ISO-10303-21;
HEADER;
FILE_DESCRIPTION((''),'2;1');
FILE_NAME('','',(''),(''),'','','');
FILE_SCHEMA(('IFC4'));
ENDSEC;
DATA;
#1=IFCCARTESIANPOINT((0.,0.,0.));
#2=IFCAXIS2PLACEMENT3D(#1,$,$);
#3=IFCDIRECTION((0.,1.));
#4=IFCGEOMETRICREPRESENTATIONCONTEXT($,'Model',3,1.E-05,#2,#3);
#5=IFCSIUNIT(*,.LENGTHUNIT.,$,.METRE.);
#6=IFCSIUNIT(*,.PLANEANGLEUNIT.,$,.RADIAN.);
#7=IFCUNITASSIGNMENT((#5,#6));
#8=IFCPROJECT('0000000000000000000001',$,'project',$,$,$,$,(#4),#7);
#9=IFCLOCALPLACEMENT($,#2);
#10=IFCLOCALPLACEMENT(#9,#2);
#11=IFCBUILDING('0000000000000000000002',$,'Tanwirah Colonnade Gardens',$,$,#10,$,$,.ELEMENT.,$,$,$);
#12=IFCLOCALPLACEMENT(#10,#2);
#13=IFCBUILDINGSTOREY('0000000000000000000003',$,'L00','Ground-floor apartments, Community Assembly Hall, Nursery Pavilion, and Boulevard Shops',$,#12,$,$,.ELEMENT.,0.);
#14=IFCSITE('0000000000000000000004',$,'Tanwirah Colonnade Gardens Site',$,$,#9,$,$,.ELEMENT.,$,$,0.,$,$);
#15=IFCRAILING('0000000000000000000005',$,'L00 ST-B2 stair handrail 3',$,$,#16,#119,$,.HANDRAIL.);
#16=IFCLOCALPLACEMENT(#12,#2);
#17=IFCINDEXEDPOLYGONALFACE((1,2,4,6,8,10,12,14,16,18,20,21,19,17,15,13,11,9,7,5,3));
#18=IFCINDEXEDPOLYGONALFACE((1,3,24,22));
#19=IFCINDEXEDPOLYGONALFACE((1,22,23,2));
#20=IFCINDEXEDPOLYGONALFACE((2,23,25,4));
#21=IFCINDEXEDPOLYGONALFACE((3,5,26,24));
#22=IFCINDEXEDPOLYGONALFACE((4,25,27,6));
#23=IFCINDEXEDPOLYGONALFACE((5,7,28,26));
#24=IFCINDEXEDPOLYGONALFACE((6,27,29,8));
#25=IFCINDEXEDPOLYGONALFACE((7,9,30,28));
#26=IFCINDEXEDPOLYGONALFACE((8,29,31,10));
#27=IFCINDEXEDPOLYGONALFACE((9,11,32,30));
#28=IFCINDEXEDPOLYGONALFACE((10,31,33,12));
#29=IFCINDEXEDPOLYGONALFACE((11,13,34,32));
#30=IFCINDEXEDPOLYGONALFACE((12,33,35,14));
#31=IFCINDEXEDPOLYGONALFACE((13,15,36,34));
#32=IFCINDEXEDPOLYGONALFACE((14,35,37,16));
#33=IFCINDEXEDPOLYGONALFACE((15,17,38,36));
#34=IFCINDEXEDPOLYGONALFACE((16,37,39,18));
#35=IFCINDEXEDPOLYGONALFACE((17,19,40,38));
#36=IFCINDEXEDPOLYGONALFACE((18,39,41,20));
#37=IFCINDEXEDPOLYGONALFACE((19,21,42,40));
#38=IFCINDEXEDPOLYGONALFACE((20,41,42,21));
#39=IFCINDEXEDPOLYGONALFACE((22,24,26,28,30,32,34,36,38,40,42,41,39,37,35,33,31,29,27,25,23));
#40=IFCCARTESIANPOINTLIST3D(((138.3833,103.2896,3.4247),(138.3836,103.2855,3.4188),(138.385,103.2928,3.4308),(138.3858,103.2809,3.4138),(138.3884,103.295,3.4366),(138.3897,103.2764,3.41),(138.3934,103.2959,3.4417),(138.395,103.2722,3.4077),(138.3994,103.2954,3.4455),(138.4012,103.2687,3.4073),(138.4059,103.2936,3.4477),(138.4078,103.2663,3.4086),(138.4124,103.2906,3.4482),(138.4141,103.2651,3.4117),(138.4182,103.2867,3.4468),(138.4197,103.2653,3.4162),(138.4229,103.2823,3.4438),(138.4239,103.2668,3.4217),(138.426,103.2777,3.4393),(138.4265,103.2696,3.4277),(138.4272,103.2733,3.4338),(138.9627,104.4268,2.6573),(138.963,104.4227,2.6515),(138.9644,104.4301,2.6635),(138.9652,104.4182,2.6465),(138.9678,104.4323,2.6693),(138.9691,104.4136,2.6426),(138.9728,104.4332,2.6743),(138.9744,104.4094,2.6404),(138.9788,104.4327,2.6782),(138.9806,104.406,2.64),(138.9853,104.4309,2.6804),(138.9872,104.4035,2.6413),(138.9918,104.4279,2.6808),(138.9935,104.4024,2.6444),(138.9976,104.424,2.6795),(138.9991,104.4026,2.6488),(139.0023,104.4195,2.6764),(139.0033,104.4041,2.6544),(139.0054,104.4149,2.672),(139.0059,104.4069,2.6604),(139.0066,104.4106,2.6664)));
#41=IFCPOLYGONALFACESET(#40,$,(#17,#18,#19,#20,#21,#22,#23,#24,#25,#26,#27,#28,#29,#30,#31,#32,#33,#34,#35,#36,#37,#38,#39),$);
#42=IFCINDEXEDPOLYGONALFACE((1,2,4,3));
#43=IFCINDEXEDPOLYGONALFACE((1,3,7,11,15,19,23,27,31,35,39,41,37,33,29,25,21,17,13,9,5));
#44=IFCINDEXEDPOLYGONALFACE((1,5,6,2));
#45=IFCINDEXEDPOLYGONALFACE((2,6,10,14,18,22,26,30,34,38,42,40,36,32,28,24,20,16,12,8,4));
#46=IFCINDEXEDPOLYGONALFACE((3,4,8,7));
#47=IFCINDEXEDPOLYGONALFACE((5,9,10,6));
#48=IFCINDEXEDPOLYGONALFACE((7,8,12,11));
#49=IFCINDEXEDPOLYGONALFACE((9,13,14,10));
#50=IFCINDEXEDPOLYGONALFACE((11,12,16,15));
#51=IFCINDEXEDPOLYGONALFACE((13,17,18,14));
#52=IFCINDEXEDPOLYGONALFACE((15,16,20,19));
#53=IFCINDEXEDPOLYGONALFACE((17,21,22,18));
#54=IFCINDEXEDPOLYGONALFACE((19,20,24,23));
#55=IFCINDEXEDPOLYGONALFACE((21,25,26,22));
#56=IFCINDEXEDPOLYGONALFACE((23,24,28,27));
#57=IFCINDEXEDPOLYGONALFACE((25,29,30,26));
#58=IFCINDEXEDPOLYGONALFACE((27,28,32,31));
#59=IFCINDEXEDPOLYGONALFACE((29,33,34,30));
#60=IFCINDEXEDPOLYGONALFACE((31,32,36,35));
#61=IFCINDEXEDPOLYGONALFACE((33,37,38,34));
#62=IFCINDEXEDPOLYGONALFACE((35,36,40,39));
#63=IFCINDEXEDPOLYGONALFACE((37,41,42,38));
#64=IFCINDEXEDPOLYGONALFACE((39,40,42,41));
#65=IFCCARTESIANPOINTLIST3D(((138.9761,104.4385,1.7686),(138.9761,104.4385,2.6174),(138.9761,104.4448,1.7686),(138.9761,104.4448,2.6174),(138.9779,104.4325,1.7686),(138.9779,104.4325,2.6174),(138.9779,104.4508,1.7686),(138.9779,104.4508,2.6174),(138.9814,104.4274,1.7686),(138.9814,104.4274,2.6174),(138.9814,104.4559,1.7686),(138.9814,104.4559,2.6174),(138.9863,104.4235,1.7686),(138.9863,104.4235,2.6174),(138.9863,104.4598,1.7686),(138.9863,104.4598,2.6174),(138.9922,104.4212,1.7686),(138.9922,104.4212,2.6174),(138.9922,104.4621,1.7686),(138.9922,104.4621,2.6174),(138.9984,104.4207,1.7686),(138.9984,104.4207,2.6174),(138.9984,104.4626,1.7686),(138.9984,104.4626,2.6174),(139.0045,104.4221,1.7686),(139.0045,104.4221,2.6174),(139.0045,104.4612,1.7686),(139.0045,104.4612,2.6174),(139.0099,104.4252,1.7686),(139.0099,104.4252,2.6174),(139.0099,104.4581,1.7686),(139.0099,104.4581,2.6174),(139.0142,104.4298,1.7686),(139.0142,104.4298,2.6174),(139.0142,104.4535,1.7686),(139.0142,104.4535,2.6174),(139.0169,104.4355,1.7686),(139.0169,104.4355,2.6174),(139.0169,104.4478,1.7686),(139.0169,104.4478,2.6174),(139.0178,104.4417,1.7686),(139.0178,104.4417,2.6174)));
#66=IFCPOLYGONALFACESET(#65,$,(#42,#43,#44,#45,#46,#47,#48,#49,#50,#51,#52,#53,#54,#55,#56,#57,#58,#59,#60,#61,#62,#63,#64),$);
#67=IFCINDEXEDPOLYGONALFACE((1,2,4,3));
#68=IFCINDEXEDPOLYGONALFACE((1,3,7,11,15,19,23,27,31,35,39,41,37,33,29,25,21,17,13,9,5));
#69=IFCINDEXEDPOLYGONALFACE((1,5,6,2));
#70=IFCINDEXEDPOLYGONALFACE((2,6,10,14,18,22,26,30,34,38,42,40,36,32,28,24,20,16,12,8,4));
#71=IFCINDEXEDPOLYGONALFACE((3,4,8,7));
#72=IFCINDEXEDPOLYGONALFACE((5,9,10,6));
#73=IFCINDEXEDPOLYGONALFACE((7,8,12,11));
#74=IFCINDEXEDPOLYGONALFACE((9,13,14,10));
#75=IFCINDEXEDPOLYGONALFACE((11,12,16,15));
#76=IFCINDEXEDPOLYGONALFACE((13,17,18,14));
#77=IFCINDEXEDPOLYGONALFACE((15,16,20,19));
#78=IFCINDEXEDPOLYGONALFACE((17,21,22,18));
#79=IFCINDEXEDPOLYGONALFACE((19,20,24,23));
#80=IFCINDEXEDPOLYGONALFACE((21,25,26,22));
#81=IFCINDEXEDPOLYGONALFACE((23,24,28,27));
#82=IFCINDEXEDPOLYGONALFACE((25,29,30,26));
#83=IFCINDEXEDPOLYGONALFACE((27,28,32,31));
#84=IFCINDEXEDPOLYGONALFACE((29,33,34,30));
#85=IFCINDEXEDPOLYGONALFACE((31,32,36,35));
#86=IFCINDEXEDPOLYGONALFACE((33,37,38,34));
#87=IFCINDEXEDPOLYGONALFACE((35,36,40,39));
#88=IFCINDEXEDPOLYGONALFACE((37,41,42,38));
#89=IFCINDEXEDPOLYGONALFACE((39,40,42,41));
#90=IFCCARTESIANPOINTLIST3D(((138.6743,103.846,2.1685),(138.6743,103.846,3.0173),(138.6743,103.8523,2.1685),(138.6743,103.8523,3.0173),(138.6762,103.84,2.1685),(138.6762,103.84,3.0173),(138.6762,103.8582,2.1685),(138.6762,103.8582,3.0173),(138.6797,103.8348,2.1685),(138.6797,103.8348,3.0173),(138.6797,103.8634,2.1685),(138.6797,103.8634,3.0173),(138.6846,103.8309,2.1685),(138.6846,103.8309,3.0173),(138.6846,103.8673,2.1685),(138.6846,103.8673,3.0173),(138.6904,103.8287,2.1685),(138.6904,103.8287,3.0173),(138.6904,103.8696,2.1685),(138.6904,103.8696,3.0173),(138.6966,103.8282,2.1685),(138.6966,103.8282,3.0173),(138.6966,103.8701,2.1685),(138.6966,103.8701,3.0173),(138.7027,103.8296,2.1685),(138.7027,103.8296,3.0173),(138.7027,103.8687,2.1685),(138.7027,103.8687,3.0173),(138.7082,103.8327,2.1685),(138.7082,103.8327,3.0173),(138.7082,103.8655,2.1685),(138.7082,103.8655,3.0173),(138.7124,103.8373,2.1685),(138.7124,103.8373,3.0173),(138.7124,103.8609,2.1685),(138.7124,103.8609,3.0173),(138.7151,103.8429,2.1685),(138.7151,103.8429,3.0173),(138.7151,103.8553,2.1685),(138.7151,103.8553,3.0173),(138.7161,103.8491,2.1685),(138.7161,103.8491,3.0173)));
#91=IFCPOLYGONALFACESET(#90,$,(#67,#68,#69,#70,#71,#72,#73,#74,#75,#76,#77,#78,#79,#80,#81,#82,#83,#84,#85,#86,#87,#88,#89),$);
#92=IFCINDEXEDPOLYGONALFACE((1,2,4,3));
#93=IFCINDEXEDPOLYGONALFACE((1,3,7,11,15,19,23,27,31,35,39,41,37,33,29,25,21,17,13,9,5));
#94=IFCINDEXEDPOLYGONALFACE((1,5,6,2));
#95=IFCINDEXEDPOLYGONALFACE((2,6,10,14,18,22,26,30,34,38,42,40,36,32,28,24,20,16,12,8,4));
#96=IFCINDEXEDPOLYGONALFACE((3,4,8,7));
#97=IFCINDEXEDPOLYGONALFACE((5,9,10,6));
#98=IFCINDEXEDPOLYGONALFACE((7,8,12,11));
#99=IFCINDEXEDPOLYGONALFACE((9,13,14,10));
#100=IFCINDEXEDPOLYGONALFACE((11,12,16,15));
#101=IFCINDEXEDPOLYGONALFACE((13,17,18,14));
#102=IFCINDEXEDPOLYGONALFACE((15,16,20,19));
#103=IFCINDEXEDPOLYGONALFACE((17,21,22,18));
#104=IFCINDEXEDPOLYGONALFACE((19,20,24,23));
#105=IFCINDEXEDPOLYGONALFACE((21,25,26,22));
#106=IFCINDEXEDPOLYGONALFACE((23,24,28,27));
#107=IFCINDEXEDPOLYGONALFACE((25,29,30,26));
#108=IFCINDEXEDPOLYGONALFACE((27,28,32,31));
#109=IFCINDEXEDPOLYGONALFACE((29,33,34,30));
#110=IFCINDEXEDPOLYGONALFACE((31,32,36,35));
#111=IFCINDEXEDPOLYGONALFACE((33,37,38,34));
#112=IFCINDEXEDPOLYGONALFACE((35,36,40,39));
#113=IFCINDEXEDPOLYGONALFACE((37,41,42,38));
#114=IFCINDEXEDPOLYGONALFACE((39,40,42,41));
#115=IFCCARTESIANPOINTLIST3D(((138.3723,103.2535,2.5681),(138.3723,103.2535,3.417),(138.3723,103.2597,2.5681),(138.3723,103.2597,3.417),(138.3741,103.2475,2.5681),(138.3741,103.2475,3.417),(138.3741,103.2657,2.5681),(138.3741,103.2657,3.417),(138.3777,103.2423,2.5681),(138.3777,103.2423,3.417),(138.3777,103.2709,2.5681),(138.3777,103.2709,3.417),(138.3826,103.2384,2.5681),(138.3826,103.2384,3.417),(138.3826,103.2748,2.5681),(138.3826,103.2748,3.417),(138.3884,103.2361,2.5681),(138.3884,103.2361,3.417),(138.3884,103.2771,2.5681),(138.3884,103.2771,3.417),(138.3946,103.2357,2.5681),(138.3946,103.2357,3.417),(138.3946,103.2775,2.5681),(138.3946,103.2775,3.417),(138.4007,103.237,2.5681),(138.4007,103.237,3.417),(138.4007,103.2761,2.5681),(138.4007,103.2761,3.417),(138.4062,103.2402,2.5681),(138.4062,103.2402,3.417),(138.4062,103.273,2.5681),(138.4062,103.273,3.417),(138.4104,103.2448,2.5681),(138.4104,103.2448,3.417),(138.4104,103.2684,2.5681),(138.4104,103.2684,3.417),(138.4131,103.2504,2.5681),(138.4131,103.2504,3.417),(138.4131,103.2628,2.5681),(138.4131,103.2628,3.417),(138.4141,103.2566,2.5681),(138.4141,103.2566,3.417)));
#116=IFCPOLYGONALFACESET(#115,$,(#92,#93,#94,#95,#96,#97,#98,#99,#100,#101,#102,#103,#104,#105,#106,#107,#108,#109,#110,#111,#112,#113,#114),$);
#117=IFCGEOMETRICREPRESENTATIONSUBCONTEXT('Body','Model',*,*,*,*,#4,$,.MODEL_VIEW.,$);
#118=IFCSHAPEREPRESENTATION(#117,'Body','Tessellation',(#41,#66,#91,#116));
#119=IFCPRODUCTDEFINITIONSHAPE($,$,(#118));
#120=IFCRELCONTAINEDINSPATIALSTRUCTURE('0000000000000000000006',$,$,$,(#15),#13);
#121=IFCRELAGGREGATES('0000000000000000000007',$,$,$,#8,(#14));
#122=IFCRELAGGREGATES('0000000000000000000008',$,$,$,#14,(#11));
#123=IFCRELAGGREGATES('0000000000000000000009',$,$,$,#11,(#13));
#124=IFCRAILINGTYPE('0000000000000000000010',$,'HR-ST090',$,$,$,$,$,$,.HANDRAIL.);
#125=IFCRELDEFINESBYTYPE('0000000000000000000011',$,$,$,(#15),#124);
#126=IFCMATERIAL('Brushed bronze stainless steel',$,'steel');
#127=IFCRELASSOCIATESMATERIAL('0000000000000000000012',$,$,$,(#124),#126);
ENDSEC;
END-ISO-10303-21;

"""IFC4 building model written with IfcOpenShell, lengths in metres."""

from ifc_helpers import new_model, si_unit, direction, frame, origin, origin_2d, place, context, subcontext, project, spatial, circle, extrude, material, type_object, element, save


model = new_model("IFC4")

# Units and contexts
model_context = context("Model", 3, precision=1e-05, world=origin(), true_north=direction((0.0, 1.0)))
body_context = subcontext(model_context, "Body", "Model", "MODEL_VIEW")
ifc_project = project(units=[si_unit("LENGTHUNIT", "METRE"), si_unit("PLANEANGLEUNIT", "RADIAN")], contexts=[model_context])

# Site, building, storey
site_placement = place(None, origin())
site = spatial("IfcSite", under=ifc_project, at=site_placement, Name="Tanwirah Colonnade Gardens Site", CompositionType="ELEMENT", RefElevation=0.0)
building_placement = place(site_placement, origin())
building = spatial("IfcBuilding", under=site, at=building_placement, Name="Tanwirah Colonnade Gardens", CompositionType="ELEMENT")
storey_placement = place(building_placement, origin())
storey = spatial("IfcBuildingStorey", under=building, at=storey_placement, Name="L00", Description="Ground-floor apartments, Community Assembly Hall, Nursery Pavilion, and Boulevard Shops", CompositionType="ELEMENT", Elevation=0.0)

# Railing
ifc_material_1 = material(Name="Brushed bronze stainless steel", Category="steel")
railing_type_1 = type_object("IfcRailingType", Name="HR-ST090", PredefinedType="HANDRAIL", material=ifc_material_1)
railing_1_placement = place(storey_placement, frame((138.9968, 104.4417, 1.7686)))
element("IfcRailing", 1, at=railing_1_placement, inside=storey, type_object=railing_type_1, Name="L00 ST-B2 stair handrail 3", PredefinedType="HANDRAIL", context=body_context, shape_type="SweptSolid", body=[
    extrude(circle(Radius=0.0239, at=origin_2d()), frame((-0.0122, -0.0239, 0.8918), z_axis=(-0.389062, -0.763651, 0.515236), x_axis=(0.891024, -0.453956, 0.0)), (0.0, 0.0, 1.0), 1.4893),
    extrude(circle(Radius=0.021, at=origin_2d()), origin(), (0.0, 0.0, 1.0), 0.8489),
    extrude(circle(Radius=0.021, at=origin_2d()), frame((-0.3018, -0.5925, 0.3999)), (0.0, 0.0, 1.0), 0.8489),
    extrude(circle(Radius=0.021, at=origin_2d()), frame((-0.6038, -1.1851, 0.7996)), (0.0, 0.0, 1.0), 0.8489),
])

save(model, "model.ifc")
